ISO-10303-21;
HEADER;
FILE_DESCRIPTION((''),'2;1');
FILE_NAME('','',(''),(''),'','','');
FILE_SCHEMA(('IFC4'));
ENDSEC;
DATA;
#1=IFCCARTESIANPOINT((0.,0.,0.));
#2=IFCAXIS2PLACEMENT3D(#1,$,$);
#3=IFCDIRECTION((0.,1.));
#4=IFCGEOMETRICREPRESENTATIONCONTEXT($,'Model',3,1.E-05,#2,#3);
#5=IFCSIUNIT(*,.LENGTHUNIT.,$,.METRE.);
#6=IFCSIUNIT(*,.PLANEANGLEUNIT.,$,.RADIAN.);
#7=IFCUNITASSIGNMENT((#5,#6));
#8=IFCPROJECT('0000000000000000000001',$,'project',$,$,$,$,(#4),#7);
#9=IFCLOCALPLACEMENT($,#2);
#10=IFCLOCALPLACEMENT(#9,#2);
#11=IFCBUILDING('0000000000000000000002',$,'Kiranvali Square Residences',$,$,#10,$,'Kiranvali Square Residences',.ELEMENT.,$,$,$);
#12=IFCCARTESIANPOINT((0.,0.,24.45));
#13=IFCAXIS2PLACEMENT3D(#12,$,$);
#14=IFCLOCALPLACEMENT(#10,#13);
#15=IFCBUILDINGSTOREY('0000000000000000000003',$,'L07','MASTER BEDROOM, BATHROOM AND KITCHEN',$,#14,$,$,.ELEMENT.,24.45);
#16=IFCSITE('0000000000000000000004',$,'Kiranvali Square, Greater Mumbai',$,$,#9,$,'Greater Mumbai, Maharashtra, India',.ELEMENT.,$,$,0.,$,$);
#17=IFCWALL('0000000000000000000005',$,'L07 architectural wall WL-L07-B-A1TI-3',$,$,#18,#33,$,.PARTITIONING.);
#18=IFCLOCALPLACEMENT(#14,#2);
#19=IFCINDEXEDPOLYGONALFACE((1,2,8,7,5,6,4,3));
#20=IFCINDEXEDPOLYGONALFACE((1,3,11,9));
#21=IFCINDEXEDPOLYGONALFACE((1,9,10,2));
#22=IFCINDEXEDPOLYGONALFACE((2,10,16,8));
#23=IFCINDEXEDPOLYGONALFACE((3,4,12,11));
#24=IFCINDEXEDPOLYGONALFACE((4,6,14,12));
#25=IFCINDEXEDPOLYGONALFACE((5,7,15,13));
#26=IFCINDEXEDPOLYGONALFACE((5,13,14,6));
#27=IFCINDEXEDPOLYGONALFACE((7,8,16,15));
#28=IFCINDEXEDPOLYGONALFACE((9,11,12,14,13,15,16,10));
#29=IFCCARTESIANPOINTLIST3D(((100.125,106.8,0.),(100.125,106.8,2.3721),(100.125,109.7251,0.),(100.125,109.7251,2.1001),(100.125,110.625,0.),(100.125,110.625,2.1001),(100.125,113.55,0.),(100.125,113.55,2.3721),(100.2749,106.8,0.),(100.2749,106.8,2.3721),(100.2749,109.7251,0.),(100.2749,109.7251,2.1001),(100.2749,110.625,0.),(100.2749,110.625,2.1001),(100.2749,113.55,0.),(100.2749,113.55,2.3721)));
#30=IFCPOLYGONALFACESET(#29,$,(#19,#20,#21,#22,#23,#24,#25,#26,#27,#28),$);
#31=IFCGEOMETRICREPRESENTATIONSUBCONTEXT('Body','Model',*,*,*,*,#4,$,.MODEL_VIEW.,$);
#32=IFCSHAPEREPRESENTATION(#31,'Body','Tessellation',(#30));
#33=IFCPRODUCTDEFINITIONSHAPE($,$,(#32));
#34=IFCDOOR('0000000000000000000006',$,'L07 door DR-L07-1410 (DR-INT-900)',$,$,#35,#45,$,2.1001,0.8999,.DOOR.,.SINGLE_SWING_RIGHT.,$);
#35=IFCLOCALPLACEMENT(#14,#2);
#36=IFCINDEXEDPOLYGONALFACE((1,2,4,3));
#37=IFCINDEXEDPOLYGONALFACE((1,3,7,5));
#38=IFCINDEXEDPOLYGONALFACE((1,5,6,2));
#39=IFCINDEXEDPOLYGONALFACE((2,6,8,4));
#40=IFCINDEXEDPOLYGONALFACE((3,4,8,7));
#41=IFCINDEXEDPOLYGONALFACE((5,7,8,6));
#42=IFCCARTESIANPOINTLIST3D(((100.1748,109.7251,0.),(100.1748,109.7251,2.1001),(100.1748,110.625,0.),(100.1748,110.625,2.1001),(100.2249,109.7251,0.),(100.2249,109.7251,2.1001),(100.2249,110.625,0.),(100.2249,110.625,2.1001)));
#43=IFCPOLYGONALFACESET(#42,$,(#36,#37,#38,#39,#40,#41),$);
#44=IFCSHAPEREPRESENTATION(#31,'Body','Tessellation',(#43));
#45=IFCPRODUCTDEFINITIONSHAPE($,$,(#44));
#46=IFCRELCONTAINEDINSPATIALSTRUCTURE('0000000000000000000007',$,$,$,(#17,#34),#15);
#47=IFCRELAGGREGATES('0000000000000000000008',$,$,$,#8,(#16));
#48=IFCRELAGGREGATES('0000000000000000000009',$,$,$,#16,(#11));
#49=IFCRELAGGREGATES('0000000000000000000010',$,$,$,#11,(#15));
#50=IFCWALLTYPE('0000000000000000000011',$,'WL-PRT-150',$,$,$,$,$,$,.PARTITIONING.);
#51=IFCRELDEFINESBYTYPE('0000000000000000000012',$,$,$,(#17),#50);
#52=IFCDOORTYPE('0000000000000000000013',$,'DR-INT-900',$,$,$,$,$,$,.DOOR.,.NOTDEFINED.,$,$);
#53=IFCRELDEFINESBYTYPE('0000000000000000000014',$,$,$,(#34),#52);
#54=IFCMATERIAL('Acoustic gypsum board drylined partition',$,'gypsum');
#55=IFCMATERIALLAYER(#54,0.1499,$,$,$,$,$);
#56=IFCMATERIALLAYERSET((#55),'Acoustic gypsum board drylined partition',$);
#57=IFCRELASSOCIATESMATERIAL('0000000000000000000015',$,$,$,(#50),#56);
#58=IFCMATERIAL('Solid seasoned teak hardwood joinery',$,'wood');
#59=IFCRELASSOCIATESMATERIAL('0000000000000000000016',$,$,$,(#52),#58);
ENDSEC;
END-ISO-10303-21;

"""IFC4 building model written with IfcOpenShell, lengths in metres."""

from ifc_helpers import new_model, si_unit, direction, frame, frame_2d, origin, place, context, subcontext, project, spatial, rectangle, extrude, material, layer, layer_set, type_object, element, fill, save


model = new_model("IFC4")

# Units and contexts
model_context = context("Model", 3, precision=1e-05, world=origin(), true_north=direction((0.0, 1.0)))
body_context = subcontext(model_context, "Body", "Model", "MODEL_VIEW")
ifc_project = project(units=[si_unit("LENGTHUNIT", "METRE"), si_unit("PLANEANGLEUNIT", "RADIAN")], contexts=[model_context])

# Site, building, storey
site_placement = place(None, origin())
site = spatial("IfcSite", under=ifc_project, at=site_placement, Name="Kiranvali Square, Greater Mumbai", LongName="Greater Mumbai, Maharashtra, India", CompositionType="ELEMENT", RefElevation=0.0)
building_placement = place(site_placement, origin())
building = spatial("IfcBuilding", under=site, at=building_placement, Name="Kiranvali Square Residences", LongName="Kiranvali Square Residences", CompositionType="ELEMENT")
storey_placement = place(building_placement, frame((0.0, 0.0, 24.45)))
storey = spatial("IfcBuildingStorey", under=building, at=storey_placement, Name="L07", Description="MASTER BEDROOM, BATHROOM AND KITCHEN", CompositionType="ELEMENT", Elevation=24.45)

# Wall, opening, door
ifc_material_1 = material(Name="Acoustic gypsum board drylined partition", Category="gypsum")
ifc_layer_1 = layer(ifc_material_1, 0.1499)
ifc_layer_set_1 = layer_set([ifc_layer_1], Name="Acoustic gypsum board drylined partition")
wall_type_1 = type_object("IfcWallType", Name="WL-PRT-150", PredefinedType="PARTITIONING", material=ifc_layer_set_1)
ifc_material_2 = material(Name="Solid seasoned teak hardwood joinery", Category="wood")
door_type = type_object("IfcDoorType", Name="DR-INT-900", OperationType="NOTDEFINED", PredefinedType="DOOR", material=ifc_material_2)
wall_1_placement = place(storey_placement, frame((100.2, 106.8, 0.0), z_axis=(0.0, 0.0, 1.0), x_axis=(0.0, 1.0, 0.0)))
wall_1 = element("IfcWall", 1, at=wall_1_placement, inside=storey, type_object=wall_type_1, Name="L07 architectural wall WL-L07-B-A1TI-3", PredefinedType="PARTITIONING", context=body_context, shape_type="SweptSolid", body=[
    extrude(rectangle(XDim=6.75, YDim=0.1499, at=frame_2d((3.375, 0.0))), origin(), (0.0, 0.0, 1.0), 2.3721),
])
opening_1_placement = place(wall_1_placement, frame((2.925, 0.0, 0.0)))
opening_1 = element("IfcOpeningElement", 2, at=opening_1_placement, cuts=wall_1, PredefinedType="OPENING", context=body_context, shape_type="SweptSolid", body=[
    extrude(rectangle(XDim=0.8999, YDim=2.1001, at=frame_2d((0.45, 1.05))), frame((0.0, 0.085, 0.0), z_axis=(0.0, -1.0, 0.0), x_axis=(1.0, 0.0, 0.0)), (0.0, 0.0, 1.0), 0.1699),
])
door_1_placement = place(opening_1_placement, frame((0.8999, 0.0, 0.0), z_axis=(0.0, 0.0, 1.0), x_axis=(-1.0, 0.0, 0.0)))
door_1 = element("IfcDoor", 3, at=door_1_placement, inside=storey, type_object=door_type, Name="L07 door DR-L07-1410 (DR-INT-900)", OperationType="SINGLE_SWING_RIGHT", OverallHeight=2.1001, OverallWidth=0.8999, PredefinedType="DOOR", context=body_context, shape_type="SweptSolid", body=[
    extrude(rectangle(XDim=0.8999, YDim=2.1001, at=frame_2d((0.45, 1.05))), frame((0.0, 0.0249, 0.0), z_axis=(0.0, -1.0, 0.0), x_axis=(1.0, 0.0, 0.0)), (0.0, 0.0, 1.0), 0.05),
])
fill(opening_1, door_1)

save(model, "model.ifc")
